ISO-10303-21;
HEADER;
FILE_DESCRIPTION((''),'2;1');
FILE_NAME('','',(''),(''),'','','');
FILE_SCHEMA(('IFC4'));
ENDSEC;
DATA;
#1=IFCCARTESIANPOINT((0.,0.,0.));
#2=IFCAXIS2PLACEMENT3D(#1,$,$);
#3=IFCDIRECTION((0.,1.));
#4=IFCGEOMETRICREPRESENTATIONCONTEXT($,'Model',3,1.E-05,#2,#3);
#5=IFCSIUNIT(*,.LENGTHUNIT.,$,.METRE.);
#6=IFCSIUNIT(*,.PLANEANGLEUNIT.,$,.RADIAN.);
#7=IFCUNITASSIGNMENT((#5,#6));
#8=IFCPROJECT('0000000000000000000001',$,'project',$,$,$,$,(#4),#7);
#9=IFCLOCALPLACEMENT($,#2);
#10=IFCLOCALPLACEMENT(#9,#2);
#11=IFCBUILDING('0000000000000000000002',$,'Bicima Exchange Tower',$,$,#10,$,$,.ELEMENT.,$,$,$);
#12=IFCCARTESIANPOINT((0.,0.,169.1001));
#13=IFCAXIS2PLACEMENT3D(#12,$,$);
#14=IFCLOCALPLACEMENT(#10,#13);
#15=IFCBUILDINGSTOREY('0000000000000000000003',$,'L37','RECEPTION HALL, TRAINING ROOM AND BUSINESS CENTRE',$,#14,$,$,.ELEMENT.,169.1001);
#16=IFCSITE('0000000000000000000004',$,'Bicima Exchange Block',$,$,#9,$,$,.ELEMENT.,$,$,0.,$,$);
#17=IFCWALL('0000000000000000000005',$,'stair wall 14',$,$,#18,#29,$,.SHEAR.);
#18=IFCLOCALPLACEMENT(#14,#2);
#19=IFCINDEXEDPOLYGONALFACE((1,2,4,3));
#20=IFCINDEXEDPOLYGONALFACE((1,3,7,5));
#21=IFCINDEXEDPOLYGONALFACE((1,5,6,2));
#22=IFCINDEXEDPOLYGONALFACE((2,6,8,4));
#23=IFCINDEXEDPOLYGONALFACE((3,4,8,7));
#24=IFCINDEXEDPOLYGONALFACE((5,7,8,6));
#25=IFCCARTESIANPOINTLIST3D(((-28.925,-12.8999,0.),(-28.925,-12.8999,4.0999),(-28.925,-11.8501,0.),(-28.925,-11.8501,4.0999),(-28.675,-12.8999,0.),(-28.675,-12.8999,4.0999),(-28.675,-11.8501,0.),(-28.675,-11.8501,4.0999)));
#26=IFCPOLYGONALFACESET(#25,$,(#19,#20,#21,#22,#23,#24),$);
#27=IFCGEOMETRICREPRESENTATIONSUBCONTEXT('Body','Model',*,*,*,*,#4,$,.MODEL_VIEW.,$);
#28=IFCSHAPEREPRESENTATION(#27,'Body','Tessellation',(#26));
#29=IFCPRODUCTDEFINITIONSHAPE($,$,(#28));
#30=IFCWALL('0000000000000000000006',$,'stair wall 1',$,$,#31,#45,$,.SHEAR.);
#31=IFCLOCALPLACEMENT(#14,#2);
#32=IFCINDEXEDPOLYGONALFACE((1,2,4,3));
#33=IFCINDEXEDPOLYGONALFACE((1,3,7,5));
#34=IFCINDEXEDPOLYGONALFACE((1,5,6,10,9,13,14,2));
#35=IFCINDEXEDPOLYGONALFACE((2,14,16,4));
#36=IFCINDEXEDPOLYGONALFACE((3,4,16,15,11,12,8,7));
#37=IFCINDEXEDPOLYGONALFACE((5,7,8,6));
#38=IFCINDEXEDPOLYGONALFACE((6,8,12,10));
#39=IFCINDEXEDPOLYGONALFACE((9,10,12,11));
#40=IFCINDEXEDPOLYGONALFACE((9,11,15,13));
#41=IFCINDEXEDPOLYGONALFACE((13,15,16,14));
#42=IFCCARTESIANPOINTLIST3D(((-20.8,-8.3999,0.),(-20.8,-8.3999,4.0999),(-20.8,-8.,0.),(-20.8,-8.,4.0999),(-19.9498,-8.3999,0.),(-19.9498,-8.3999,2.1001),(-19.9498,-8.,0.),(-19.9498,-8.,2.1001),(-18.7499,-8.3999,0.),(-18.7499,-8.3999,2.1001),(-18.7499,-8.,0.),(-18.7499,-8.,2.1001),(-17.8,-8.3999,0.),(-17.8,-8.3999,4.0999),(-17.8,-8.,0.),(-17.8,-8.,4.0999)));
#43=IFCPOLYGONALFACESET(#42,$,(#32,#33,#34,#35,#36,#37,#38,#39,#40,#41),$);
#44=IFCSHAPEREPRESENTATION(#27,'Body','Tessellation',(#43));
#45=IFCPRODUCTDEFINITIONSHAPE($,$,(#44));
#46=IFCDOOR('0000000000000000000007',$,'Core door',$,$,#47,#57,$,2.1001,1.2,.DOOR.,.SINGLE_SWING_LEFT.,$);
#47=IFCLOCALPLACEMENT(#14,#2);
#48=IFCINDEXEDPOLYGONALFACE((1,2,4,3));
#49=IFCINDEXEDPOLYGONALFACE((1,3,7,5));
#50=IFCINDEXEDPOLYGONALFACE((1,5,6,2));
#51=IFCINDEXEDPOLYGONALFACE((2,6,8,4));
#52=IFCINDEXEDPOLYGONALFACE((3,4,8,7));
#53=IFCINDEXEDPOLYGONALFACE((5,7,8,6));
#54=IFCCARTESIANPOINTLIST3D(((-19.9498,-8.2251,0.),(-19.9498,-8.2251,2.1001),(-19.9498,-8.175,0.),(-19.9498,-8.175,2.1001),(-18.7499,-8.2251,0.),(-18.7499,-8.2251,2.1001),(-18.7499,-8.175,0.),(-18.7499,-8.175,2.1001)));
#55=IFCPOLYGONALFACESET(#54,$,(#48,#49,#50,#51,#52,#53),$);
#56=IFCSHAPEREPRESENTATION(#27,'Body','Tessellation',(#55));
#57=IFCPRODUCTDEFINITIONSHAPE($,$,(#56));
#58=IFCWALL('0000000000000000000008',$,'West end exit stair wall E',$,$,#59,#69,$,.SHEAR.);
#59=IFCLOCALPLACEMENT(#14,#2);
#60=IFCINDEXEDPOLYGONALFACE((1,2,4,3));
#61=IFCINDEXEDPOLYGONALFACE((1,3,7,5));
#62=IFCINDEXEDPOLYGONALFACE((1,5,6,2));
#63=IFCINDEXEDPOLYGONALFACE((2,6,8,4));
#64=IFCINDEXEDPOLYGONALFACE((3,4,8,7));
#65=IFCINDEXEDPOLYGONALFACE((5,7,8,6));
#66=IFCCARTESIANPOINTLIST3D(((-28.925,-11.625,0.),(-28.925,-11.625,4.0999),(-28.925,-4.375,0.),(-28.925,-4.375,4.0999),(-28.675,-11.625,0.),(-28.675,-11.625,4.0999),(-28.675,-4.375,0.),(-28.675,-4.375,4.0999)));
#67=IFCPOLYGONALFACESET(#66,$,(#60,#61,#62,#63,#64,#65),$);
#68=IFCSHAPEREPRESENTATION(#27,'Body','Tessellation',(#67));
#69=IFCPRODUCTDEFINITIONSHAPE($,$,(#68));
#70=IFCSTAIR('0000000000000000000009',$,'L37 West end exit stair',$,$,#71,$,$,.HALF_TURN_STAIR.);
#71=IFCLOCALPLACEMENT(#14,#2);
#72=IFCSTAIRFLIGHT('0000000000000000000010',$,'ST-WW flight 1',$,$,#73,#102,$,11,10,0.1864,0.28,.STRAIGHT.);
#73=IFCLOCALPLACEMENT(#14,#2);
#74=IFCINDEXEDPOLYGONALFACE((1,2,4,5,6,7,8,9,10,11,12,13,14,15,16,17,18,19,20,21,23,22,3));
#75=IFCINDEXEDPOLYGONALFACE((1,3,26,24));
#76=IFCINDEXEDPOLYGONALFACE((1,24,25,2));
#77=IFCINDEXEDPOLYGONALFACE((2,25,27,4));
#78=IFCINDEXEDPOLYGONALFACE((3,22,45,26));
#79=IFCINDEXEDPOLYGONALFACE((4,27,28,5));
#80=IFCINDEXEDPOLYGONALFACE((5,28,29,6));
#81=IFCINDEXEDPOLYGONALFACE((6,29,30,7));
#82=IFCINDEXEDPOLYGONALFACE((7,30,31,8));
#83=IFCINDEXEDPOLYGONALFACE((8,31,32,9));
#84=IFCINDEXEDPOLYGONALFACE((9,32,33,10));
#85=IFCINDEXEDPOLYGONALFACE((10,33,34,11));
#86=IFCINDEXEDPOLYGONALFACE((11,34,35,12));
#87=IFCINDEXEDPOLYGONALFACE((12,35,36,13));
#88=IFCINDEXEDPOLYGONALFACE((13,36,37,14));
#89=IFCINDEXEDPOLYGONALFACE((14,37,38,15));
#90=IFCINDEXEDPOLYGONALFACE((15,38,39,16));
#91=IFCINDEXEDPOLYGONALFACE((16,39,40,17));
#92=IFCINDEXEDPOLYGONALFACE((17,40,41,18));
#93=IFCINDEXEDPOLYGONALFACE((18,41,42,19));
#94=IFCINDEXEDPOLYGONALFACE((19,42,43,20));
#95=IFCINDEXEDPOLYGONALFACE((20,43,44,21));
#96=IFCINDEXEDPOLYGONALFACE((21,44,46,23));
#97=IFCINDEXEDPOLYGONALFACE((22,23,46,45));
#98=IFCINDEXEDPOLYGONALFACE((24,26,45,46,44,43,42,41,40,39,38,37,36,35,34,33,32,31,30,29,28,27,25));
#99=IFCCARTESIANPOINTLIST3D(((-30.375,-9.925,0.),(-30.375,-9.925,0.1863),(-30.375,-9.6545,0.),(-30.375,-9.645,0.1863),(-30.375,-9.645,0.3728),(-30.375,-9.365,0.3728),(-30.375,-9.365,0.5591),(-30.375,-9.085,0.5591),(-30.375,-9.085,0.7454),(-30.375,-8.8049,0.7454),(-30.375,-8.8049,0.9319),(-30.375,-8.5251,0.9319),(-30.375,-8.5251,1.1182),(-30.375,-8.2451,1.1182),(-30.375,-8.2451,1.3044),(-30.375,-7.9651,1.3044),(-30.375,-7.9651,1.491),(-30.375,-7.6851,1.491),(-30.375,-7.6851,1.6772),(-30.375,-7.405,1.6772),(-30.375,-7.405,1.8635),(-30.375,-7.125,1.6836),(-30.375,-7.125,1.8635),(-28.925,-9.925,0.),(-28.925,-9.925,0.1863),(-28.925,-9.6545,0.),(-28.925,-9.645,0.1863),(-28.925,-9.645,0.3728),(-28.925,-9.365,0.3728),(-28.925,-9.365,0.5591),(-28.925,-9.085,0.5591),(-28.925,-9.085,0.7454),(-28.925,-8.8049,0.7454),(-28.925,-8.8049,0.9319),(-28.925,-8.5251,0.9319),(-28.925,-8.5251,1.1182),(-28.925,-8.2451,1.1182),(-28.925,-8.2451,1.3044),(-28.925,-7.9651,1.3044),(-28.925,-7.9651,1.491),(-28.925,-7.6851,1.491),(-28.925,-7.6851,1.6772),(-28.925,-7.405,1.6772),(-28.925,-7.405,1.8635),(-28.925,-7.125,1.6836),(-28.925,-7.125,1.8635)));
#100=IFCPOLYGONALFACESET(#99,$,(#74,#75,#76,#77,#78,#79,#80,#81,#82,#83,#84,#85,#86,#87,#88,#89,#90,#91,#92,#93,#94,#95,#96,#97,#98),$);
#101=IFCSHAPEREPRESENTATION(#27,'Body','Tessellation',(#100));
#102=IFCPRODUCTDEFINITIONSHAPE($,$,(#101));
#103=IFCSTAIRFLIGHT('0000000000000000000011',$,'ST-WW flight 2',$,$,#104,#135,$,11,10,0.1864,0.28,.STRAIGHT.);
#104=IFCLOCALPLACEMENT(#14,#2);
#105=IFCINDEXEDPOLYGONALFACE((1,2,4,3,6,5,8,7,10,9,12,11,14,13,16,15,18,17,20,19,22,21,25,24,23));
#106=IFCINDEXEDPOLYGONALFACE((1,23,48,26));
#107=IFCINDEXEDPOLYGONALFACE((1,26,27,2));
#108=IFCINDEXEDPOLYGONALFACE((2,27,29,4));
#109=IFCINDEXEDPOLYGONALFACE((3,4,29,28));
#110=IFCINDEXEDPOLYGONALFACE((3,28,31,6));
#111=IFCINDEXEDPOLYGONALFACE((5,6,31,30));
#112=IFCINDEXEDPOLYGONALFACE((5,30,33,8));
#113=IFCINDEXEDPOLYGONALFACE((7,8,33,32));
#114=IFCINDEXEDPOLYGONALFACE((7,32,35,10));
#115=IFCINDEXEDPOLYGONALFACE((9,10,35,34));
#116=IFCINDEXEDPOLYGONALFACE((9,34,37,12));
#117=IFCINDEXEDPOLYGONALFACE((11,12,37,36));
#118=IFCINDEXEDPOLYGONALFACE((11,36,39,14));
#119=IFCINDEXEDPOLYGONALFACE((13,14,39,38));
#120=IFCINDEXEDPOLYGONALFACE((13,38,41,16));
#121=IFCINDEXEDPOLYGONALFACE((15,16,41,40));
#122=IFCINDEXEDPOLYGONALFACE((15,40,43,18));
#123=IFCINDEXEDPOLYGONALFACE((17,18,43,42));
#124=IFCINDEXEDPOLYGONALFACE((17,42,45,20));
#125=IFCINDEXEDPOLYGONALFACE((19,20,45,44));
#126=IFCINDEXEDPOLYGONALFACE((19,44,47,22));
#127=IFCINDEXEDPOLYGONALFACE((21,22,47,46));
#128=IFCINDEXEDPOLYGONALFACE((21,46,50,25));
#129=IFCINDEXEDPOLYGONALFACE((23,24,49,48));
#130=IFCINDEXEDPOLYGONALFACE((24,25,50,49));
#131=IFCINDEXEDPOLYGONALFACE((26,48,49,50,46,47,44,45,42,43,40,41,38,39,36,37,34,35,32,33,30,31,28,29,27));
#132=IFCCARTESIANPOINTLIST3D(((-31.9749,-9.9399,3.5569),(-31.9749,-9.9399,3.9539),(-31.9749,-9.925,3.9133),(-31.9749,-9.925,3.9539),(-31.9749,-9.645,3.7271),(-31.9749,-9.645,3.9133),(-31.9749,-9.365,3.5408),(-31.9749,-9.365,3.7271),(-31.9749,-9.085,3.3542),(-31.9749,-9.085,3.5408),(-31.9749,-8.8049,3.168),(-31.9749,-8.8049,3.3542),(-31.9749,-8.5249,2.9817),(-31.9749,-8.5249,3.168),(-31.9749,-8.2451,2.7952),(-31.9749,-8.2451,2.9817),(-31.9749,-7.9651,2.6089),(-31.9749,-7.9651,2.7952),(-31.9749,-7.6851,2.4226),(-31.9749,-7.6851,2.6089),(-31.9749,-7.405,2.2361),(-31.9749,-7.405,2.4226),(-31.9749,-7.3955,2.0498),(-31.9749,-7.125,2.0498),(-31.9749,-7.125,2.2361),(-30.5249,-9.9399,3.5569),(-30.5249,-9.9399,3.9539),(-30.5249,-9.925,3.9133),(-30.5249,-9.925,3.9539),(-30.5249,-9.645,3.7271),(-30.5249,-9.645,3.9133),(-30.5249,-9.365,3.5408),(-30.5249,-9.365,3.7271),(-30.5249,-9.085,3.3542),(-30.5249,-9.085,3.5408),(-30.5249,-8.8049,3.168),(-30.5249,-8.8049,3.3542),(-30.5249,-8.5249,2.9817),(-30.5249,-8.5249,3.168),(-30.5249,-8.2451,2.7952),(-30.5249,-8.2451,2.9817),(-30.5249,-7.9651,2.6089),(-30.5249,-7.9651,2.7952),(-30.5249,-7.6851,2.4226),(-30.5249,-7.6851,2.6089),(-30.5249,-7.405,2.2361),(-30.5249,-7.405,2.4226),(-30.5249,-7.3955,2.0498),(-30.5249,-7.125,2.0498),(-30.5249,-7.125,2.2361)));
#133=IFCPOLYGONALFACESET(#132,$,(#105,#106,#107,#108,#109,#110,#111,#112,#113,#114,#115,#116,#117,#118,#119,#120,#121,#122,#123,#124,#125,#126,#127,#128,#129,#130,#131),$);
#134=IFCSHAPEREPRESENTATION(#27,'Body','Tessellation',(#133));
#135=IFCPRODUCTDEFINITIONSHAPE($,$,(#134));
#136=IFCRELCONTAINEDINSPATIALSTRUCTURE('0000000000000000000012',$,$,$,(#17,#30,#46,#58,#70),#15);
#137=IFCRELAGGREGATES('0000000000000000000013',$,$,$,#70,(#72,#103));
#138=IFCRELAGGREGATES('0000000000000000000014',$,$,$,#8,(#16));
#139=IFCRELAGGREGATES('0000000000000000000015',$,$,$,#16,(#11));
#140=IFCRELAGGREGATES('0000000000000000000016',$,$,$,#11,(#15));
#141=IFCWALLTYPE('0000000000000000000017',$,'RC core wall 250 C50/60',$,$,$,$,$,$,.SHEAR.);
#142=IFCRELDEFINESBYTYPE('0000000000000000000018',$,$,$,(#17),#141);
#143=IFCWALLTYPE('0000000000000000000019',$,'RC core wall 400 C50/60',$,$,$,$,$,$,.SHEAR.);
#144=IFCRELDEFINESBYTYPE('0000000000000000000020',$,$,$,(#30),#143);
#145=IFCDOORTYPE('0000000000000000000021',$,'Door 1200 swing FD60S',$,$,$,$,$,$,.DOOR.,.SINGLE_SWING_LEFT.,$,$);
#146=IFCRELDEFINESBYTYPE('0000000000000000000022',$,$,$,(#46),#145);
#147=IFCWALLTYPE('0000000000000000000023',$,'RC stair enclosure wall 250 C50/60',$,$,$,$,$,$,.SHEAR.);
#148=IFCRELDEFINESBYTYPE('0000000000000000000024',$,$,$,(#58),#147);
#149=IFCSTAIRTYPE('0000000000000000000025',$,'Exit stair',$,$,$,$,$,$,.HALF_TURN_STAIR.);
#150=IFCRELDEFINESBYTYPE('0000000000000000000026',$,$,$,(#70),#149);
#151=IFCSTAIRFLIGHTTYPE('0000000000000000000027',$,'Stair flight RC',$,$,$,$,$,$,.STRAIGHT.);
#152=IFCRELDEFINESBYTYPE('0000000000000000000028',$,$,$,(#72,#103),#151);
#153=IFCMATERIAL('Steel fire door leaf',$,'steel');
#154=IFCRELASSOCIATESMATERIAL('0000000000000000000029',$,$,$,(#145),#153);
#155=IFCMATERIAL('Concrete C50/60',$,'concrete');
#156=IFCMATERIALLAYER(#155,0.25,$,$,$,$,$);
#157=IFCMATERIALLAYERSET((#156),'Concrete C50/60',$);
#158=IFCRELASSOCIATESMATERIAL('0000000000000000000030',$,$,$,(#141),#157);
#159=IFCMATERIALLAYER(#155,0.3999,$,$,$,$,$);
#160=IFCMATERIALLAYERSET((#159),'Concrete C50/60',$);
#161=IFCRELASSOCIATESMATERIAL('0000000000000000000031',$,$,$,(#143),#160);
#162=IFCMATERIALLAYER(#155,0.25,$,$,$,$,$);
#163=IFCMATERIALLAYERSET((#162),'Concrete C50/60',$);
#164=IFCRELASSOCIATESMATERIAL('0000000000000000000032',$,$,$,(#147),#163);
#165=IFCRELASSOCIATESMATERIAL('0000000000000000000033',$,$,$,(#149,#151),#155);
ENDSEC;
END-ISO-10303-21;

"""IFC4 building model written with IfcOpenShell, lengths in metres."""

from ifc_helpers import new_model, si_unit, direction, frame, frame_2d, origin, place, context, subcontext, project, spatial, polyline, rectangle, outline, extrude, material, layer, layer_set, type_object, element, fill, aggregate, save


model = new_model("IFC4")

# Units and contexts
model_context = context("Model", 3, precision=1e-05, world=origin(), true_north=direction((0.0, 1.0)))
body_context = subcontext(model_context, "Body", "Model", "MODEL_VIEW")
ifc_project = project(units=[si_unit("LENGTHUNIT", "METRE"), si_unit("PLANEANGLEUNIT", "RADIAN")], contexts=[model_context])

# Site, building, storey
site_placement = place(None, origin())
site = spatial("IfcSite", under=ifc_project, at=site_placement, Name="Bicima Exchange Block", CompositionType="ELEMENT", RefElevation=0.0)
building_placement = place(site_placement, origin())
building = spatial("IfcBuilding", under=site, at=building_placement, Name="Bicima Exchange Tower", CompositionType="ELEMENT")
storey_placement = place(building_placement, frame((0.0, 0.0, 169.1001)))
storey = spatial("IfcBuildingStorey", under=building, at=storey_placement, Name="L37", Description="RECEPTION HALL, TRAINING ROOM AND BUSINESS CENTRE", CompositionType="ELEMENT", Elevation=169.1001)

# Shared definitions
ifc_material_1 = material(Name="Concrete C50/60", Category="concrete")
ifc_material_2 = material(Name="Steel fire door leaf", Category="steel")
door_type_1 = type_object("IfcDoorType", Name="Door 1200 swing FD60S", OperationType="SINGLE_SWING_LEFT", PredefinedType="DOOR", material=ifc_material_2)

# Wall
ifc_layer_1 = layer(ifc_material_1, 0.25)
ifc_layer_set_1 = layer_set([ifc_layer_1], Name="Concrete C50/60")
wall_type_1 = type_object("IfcWallType", Name="RC core wall 250 C50/60", PredefinedType="SHEAR", material=ifc_layer_set_1)
wall_1_placement = place(storey_placement, frame((-28.8, -12.8999, 0.0), z_axis=(0.0, 0.0, 1.0), x_axis=(0.0, 1.0, 0.0)))
element("IfcWall", 1, at=wall_1_placement, inside=storey, type_object=wall_type_1, Name="stair wall 14", PredefinedType="SHEAR", context=body_context, shape_type="SweptSolid", body=[
    extrude(rectangle(XDim=1.0498, YDim=0.25, at=frame_2d((0.5249, 0.0))), origin(), (0.0, 0.0, 1.0), 4.0999),
])

# Wall, opening, door
ifc_layer_2 = layer(ifc_material_1, 0.3999)
ifc_layer_set_2 = layer_set([ifc_layer_2], Name="Concrete C50/60")
wall_type_2 = type_object("IfcWallType", Name="RC core wall 400 C50/60", PredefinedType="SHEAR", material=ifc_layer_set_2)
wall_2_placement = place(storey_placement, frame((-20.8, -8.2, 0.0), z_axis=(0.0, 0.0, 1.0), x_axis=(1.0, 0.0, 0.0)))
wall_2 = element("IfcWall", 2, at=wall_2_placement, inside=storey, type_object=wall_type_2, Name="stair wall 1", PredefinedType="SHEAR", context=body_context, shape_type="SweptSolid", body=[
    extrude(rectangle(XDim=3.0, YDim=0.3999, at=frame_2d((1.5, 0.0))), origin(), (0.0, 0.0, 1.0), 4.0999),
])
opening_1_placement = place(wall_2_placement, frame((0.8501, 0.0, 0.0)))
opening_1 = element("IfcOpeningElement", 3, at=opening_1_placement, cuts=wall_2, PredefinedType="OPENING", context=body_context, shape_type="SweptSolid", body=[
    extrude(rectangle(XDim=1.2, YDim=2.1001, at=frame_2d((0.6001, 1.05))), frame((0.0, 0.2119, 0.0), z_axis=(0.0, -1.0, 0.0), x_axis=(1.0, 0.0, 0.0)), (0.0, 0.0, 1.0), 0.4238),
])
door_1_placement = place(opening_1_placement, origin())
door_1 = element("IfcDoor", 4, at=door_1_placement, inside=storey, type_object=door_type_1, Name="Core door", OperationType="SINGLE_SWING_LEFT", OverallHeight=2.1001, OverallWidth=1.2, PredefinedType="DOOR", context=body_context, shape_type="SweptSolid", body=[
    extrude(rectangle(XDim=1.2, YDim=2.1001, at=frame_2d((0.6001, 1.05))), frame((0.0, 0.0249, 0.0), z_axis=(0.0, -1.0, 0.0), x_axis=(1.0, 0.0, 0.0)), (0.0, 0.0, 1.0), 0.05),
])
fill(opening_1, door_1)

# Wall
ifc_layer_3 = layer(ifc_material_1, 0.25)
ifc_layer_set_3 = layer_set([ifc_layer_3], Name="Concrete C50/60")
wall_type_3 = type_object("IfcWallType", Name="RC stair enclosure wall 250 C50/60", PredefinedType="SHEAR", material=ifc_layer_set_3)
wall_3_placement = place(storey_placement, frame((-28.8, -11.625, 0.0), z_axis=(0.0, 0.0, 1.0), x_axis=(0.0, 1.0, 0.0)))
element("IfcWall", 5, at=wall_3_placement, inside=storey, type_object=wall_type_3, Name="West end exit stair wall E", PredefinedType="SHEAR", context=body_context, shape_type="SweptSolid", body=[
    extrude(rectangle(XDim=7.25, YDim=0.25, at=frame_2d((3.625, 0.0))), origin(), (0.0, 0.0, 1.0), 4.0999),
])

# Stair, stair flights
stair_type = type_object("IfcStairType", Name="Exit stair", PredefinedType="HALF_TURN_STAIR", material=ifc_material_1)
stair_placement = place(storey_placement, origin())
stair = element("IfcStair", 6, at=stair_placement, inside=storey, type_object=stair_type, Name="L37 West end exit stair", PredefinedType="HALF_TURN_STAIR")
stair_flight_type = type_object("IfcStairFlightType", Name="Stair flight RC", PredefinedType="STRAIGHT", material=ifc_material_1)
stair_flight_1_placement = place(storey_placement, frame((-29.6499, -9.925, 0.0), z_axis=(0.0, 0.0, 1.0), x_axis=(0.0, 1.0, 0.0)))
stair_flight_1 = element("IfcStairFlight", 7, at=stair_flight_1_placement, type_object=stair_flight_type, Name="ST-WW flight 1", NumberOfRisers=11, NumberOfTreads=10, PredefinedType="STRAIGHT", RiserHeight=0.1864, TreadLength=0.28, context=body_context, shape_type="SweptSolid", body=[
    extrude(outline(polyline([(0.0, 0.0), (0.0, 0.1863), (0.28, 0.1863), (0.28, 0.3728), (0.5601, 0.3728), (0.5601, 0.5591), (0.8401, 0.5591), (0.8401, 0.7454), (1.1201, 0.7454), (1.1201, 0.9319), (1.3999, 0.9319), (1.3999, 1.1182), (1.6799, 1.1182), (1.6799, 1.3044), (1.96, 1.3044), (1.96, 1.491), (2.24, 1.491), (2.24, 1.6772), (2.52, 1.6772), (2.52, 1.8635), (2.8, 1.8635), (2.8, 2.05), (2.8, 1.6836), (0.2705, 0.0), (0.0, 0.0)])), frame((0.0, 0.7251, 0.0), z_axis=(0.0, -1.0, 0.0), x_axis=(1.0, 0.0, 0.0)), (0.0, 0.0, 1.0), 1.45),
])
stair_flight_2_placement = place(storey_placement, frame((-31.25, -7.125, 2.0498), z_axis=(0.0, 0.0, 1.0), x_axis=(0.0, -1.0, 0.0)))
stair_flight_2 = element("IfcStairFlight", 8, at=stair_flight_2_placement, type_object=stair_flight_type, Name="ST-WW flight 2", NumberOfRisers=11, NumberOfTreads=10, PredefinedType="STRAIGHT", RiserHeight=0.1864, TreadLength=0.28, context=body_context, shape_type="SweptSolid", body=[
    extrude(outline(polyline([(0.0, 0.0), (0.0, 0.1863), (0.28, 0.1863), (0.28, 0.3728), (0.5601, 0.3728), (0.5601, 0.5591), (0.8401, 0.5591), (0.8401, 0.7454), (1.1201, 0.7454), (1.1201, 0.9319), (1.3999, 0.9319), (1.3999, 1.1182), (1.6799, 1.1182), (1.6799, 1.3044), (1.96, 1.3044), (1.96, 1.491), (2.24, 1.491), (2.24, 1.6772), (2.52, 1.6772), (2.52, 1.8635), (2.8, 1.8635), (2.8, 1.9041), (2.8149, 1.9041), (2.8149, 1.5071), (0.2705, 0.0), (0.0, 0.0)])), frame((0.0, 0.7251, 0.0), z_axis=(0.0, -1.0, 0.0), x_axis=(1.0, 0.0, 0.0)), (0.0, 0.0, 1.0), 1.45),
])
aggregate(stair, [stair_flight_1, stair_flight_2])

save(model, "model.ifc")
